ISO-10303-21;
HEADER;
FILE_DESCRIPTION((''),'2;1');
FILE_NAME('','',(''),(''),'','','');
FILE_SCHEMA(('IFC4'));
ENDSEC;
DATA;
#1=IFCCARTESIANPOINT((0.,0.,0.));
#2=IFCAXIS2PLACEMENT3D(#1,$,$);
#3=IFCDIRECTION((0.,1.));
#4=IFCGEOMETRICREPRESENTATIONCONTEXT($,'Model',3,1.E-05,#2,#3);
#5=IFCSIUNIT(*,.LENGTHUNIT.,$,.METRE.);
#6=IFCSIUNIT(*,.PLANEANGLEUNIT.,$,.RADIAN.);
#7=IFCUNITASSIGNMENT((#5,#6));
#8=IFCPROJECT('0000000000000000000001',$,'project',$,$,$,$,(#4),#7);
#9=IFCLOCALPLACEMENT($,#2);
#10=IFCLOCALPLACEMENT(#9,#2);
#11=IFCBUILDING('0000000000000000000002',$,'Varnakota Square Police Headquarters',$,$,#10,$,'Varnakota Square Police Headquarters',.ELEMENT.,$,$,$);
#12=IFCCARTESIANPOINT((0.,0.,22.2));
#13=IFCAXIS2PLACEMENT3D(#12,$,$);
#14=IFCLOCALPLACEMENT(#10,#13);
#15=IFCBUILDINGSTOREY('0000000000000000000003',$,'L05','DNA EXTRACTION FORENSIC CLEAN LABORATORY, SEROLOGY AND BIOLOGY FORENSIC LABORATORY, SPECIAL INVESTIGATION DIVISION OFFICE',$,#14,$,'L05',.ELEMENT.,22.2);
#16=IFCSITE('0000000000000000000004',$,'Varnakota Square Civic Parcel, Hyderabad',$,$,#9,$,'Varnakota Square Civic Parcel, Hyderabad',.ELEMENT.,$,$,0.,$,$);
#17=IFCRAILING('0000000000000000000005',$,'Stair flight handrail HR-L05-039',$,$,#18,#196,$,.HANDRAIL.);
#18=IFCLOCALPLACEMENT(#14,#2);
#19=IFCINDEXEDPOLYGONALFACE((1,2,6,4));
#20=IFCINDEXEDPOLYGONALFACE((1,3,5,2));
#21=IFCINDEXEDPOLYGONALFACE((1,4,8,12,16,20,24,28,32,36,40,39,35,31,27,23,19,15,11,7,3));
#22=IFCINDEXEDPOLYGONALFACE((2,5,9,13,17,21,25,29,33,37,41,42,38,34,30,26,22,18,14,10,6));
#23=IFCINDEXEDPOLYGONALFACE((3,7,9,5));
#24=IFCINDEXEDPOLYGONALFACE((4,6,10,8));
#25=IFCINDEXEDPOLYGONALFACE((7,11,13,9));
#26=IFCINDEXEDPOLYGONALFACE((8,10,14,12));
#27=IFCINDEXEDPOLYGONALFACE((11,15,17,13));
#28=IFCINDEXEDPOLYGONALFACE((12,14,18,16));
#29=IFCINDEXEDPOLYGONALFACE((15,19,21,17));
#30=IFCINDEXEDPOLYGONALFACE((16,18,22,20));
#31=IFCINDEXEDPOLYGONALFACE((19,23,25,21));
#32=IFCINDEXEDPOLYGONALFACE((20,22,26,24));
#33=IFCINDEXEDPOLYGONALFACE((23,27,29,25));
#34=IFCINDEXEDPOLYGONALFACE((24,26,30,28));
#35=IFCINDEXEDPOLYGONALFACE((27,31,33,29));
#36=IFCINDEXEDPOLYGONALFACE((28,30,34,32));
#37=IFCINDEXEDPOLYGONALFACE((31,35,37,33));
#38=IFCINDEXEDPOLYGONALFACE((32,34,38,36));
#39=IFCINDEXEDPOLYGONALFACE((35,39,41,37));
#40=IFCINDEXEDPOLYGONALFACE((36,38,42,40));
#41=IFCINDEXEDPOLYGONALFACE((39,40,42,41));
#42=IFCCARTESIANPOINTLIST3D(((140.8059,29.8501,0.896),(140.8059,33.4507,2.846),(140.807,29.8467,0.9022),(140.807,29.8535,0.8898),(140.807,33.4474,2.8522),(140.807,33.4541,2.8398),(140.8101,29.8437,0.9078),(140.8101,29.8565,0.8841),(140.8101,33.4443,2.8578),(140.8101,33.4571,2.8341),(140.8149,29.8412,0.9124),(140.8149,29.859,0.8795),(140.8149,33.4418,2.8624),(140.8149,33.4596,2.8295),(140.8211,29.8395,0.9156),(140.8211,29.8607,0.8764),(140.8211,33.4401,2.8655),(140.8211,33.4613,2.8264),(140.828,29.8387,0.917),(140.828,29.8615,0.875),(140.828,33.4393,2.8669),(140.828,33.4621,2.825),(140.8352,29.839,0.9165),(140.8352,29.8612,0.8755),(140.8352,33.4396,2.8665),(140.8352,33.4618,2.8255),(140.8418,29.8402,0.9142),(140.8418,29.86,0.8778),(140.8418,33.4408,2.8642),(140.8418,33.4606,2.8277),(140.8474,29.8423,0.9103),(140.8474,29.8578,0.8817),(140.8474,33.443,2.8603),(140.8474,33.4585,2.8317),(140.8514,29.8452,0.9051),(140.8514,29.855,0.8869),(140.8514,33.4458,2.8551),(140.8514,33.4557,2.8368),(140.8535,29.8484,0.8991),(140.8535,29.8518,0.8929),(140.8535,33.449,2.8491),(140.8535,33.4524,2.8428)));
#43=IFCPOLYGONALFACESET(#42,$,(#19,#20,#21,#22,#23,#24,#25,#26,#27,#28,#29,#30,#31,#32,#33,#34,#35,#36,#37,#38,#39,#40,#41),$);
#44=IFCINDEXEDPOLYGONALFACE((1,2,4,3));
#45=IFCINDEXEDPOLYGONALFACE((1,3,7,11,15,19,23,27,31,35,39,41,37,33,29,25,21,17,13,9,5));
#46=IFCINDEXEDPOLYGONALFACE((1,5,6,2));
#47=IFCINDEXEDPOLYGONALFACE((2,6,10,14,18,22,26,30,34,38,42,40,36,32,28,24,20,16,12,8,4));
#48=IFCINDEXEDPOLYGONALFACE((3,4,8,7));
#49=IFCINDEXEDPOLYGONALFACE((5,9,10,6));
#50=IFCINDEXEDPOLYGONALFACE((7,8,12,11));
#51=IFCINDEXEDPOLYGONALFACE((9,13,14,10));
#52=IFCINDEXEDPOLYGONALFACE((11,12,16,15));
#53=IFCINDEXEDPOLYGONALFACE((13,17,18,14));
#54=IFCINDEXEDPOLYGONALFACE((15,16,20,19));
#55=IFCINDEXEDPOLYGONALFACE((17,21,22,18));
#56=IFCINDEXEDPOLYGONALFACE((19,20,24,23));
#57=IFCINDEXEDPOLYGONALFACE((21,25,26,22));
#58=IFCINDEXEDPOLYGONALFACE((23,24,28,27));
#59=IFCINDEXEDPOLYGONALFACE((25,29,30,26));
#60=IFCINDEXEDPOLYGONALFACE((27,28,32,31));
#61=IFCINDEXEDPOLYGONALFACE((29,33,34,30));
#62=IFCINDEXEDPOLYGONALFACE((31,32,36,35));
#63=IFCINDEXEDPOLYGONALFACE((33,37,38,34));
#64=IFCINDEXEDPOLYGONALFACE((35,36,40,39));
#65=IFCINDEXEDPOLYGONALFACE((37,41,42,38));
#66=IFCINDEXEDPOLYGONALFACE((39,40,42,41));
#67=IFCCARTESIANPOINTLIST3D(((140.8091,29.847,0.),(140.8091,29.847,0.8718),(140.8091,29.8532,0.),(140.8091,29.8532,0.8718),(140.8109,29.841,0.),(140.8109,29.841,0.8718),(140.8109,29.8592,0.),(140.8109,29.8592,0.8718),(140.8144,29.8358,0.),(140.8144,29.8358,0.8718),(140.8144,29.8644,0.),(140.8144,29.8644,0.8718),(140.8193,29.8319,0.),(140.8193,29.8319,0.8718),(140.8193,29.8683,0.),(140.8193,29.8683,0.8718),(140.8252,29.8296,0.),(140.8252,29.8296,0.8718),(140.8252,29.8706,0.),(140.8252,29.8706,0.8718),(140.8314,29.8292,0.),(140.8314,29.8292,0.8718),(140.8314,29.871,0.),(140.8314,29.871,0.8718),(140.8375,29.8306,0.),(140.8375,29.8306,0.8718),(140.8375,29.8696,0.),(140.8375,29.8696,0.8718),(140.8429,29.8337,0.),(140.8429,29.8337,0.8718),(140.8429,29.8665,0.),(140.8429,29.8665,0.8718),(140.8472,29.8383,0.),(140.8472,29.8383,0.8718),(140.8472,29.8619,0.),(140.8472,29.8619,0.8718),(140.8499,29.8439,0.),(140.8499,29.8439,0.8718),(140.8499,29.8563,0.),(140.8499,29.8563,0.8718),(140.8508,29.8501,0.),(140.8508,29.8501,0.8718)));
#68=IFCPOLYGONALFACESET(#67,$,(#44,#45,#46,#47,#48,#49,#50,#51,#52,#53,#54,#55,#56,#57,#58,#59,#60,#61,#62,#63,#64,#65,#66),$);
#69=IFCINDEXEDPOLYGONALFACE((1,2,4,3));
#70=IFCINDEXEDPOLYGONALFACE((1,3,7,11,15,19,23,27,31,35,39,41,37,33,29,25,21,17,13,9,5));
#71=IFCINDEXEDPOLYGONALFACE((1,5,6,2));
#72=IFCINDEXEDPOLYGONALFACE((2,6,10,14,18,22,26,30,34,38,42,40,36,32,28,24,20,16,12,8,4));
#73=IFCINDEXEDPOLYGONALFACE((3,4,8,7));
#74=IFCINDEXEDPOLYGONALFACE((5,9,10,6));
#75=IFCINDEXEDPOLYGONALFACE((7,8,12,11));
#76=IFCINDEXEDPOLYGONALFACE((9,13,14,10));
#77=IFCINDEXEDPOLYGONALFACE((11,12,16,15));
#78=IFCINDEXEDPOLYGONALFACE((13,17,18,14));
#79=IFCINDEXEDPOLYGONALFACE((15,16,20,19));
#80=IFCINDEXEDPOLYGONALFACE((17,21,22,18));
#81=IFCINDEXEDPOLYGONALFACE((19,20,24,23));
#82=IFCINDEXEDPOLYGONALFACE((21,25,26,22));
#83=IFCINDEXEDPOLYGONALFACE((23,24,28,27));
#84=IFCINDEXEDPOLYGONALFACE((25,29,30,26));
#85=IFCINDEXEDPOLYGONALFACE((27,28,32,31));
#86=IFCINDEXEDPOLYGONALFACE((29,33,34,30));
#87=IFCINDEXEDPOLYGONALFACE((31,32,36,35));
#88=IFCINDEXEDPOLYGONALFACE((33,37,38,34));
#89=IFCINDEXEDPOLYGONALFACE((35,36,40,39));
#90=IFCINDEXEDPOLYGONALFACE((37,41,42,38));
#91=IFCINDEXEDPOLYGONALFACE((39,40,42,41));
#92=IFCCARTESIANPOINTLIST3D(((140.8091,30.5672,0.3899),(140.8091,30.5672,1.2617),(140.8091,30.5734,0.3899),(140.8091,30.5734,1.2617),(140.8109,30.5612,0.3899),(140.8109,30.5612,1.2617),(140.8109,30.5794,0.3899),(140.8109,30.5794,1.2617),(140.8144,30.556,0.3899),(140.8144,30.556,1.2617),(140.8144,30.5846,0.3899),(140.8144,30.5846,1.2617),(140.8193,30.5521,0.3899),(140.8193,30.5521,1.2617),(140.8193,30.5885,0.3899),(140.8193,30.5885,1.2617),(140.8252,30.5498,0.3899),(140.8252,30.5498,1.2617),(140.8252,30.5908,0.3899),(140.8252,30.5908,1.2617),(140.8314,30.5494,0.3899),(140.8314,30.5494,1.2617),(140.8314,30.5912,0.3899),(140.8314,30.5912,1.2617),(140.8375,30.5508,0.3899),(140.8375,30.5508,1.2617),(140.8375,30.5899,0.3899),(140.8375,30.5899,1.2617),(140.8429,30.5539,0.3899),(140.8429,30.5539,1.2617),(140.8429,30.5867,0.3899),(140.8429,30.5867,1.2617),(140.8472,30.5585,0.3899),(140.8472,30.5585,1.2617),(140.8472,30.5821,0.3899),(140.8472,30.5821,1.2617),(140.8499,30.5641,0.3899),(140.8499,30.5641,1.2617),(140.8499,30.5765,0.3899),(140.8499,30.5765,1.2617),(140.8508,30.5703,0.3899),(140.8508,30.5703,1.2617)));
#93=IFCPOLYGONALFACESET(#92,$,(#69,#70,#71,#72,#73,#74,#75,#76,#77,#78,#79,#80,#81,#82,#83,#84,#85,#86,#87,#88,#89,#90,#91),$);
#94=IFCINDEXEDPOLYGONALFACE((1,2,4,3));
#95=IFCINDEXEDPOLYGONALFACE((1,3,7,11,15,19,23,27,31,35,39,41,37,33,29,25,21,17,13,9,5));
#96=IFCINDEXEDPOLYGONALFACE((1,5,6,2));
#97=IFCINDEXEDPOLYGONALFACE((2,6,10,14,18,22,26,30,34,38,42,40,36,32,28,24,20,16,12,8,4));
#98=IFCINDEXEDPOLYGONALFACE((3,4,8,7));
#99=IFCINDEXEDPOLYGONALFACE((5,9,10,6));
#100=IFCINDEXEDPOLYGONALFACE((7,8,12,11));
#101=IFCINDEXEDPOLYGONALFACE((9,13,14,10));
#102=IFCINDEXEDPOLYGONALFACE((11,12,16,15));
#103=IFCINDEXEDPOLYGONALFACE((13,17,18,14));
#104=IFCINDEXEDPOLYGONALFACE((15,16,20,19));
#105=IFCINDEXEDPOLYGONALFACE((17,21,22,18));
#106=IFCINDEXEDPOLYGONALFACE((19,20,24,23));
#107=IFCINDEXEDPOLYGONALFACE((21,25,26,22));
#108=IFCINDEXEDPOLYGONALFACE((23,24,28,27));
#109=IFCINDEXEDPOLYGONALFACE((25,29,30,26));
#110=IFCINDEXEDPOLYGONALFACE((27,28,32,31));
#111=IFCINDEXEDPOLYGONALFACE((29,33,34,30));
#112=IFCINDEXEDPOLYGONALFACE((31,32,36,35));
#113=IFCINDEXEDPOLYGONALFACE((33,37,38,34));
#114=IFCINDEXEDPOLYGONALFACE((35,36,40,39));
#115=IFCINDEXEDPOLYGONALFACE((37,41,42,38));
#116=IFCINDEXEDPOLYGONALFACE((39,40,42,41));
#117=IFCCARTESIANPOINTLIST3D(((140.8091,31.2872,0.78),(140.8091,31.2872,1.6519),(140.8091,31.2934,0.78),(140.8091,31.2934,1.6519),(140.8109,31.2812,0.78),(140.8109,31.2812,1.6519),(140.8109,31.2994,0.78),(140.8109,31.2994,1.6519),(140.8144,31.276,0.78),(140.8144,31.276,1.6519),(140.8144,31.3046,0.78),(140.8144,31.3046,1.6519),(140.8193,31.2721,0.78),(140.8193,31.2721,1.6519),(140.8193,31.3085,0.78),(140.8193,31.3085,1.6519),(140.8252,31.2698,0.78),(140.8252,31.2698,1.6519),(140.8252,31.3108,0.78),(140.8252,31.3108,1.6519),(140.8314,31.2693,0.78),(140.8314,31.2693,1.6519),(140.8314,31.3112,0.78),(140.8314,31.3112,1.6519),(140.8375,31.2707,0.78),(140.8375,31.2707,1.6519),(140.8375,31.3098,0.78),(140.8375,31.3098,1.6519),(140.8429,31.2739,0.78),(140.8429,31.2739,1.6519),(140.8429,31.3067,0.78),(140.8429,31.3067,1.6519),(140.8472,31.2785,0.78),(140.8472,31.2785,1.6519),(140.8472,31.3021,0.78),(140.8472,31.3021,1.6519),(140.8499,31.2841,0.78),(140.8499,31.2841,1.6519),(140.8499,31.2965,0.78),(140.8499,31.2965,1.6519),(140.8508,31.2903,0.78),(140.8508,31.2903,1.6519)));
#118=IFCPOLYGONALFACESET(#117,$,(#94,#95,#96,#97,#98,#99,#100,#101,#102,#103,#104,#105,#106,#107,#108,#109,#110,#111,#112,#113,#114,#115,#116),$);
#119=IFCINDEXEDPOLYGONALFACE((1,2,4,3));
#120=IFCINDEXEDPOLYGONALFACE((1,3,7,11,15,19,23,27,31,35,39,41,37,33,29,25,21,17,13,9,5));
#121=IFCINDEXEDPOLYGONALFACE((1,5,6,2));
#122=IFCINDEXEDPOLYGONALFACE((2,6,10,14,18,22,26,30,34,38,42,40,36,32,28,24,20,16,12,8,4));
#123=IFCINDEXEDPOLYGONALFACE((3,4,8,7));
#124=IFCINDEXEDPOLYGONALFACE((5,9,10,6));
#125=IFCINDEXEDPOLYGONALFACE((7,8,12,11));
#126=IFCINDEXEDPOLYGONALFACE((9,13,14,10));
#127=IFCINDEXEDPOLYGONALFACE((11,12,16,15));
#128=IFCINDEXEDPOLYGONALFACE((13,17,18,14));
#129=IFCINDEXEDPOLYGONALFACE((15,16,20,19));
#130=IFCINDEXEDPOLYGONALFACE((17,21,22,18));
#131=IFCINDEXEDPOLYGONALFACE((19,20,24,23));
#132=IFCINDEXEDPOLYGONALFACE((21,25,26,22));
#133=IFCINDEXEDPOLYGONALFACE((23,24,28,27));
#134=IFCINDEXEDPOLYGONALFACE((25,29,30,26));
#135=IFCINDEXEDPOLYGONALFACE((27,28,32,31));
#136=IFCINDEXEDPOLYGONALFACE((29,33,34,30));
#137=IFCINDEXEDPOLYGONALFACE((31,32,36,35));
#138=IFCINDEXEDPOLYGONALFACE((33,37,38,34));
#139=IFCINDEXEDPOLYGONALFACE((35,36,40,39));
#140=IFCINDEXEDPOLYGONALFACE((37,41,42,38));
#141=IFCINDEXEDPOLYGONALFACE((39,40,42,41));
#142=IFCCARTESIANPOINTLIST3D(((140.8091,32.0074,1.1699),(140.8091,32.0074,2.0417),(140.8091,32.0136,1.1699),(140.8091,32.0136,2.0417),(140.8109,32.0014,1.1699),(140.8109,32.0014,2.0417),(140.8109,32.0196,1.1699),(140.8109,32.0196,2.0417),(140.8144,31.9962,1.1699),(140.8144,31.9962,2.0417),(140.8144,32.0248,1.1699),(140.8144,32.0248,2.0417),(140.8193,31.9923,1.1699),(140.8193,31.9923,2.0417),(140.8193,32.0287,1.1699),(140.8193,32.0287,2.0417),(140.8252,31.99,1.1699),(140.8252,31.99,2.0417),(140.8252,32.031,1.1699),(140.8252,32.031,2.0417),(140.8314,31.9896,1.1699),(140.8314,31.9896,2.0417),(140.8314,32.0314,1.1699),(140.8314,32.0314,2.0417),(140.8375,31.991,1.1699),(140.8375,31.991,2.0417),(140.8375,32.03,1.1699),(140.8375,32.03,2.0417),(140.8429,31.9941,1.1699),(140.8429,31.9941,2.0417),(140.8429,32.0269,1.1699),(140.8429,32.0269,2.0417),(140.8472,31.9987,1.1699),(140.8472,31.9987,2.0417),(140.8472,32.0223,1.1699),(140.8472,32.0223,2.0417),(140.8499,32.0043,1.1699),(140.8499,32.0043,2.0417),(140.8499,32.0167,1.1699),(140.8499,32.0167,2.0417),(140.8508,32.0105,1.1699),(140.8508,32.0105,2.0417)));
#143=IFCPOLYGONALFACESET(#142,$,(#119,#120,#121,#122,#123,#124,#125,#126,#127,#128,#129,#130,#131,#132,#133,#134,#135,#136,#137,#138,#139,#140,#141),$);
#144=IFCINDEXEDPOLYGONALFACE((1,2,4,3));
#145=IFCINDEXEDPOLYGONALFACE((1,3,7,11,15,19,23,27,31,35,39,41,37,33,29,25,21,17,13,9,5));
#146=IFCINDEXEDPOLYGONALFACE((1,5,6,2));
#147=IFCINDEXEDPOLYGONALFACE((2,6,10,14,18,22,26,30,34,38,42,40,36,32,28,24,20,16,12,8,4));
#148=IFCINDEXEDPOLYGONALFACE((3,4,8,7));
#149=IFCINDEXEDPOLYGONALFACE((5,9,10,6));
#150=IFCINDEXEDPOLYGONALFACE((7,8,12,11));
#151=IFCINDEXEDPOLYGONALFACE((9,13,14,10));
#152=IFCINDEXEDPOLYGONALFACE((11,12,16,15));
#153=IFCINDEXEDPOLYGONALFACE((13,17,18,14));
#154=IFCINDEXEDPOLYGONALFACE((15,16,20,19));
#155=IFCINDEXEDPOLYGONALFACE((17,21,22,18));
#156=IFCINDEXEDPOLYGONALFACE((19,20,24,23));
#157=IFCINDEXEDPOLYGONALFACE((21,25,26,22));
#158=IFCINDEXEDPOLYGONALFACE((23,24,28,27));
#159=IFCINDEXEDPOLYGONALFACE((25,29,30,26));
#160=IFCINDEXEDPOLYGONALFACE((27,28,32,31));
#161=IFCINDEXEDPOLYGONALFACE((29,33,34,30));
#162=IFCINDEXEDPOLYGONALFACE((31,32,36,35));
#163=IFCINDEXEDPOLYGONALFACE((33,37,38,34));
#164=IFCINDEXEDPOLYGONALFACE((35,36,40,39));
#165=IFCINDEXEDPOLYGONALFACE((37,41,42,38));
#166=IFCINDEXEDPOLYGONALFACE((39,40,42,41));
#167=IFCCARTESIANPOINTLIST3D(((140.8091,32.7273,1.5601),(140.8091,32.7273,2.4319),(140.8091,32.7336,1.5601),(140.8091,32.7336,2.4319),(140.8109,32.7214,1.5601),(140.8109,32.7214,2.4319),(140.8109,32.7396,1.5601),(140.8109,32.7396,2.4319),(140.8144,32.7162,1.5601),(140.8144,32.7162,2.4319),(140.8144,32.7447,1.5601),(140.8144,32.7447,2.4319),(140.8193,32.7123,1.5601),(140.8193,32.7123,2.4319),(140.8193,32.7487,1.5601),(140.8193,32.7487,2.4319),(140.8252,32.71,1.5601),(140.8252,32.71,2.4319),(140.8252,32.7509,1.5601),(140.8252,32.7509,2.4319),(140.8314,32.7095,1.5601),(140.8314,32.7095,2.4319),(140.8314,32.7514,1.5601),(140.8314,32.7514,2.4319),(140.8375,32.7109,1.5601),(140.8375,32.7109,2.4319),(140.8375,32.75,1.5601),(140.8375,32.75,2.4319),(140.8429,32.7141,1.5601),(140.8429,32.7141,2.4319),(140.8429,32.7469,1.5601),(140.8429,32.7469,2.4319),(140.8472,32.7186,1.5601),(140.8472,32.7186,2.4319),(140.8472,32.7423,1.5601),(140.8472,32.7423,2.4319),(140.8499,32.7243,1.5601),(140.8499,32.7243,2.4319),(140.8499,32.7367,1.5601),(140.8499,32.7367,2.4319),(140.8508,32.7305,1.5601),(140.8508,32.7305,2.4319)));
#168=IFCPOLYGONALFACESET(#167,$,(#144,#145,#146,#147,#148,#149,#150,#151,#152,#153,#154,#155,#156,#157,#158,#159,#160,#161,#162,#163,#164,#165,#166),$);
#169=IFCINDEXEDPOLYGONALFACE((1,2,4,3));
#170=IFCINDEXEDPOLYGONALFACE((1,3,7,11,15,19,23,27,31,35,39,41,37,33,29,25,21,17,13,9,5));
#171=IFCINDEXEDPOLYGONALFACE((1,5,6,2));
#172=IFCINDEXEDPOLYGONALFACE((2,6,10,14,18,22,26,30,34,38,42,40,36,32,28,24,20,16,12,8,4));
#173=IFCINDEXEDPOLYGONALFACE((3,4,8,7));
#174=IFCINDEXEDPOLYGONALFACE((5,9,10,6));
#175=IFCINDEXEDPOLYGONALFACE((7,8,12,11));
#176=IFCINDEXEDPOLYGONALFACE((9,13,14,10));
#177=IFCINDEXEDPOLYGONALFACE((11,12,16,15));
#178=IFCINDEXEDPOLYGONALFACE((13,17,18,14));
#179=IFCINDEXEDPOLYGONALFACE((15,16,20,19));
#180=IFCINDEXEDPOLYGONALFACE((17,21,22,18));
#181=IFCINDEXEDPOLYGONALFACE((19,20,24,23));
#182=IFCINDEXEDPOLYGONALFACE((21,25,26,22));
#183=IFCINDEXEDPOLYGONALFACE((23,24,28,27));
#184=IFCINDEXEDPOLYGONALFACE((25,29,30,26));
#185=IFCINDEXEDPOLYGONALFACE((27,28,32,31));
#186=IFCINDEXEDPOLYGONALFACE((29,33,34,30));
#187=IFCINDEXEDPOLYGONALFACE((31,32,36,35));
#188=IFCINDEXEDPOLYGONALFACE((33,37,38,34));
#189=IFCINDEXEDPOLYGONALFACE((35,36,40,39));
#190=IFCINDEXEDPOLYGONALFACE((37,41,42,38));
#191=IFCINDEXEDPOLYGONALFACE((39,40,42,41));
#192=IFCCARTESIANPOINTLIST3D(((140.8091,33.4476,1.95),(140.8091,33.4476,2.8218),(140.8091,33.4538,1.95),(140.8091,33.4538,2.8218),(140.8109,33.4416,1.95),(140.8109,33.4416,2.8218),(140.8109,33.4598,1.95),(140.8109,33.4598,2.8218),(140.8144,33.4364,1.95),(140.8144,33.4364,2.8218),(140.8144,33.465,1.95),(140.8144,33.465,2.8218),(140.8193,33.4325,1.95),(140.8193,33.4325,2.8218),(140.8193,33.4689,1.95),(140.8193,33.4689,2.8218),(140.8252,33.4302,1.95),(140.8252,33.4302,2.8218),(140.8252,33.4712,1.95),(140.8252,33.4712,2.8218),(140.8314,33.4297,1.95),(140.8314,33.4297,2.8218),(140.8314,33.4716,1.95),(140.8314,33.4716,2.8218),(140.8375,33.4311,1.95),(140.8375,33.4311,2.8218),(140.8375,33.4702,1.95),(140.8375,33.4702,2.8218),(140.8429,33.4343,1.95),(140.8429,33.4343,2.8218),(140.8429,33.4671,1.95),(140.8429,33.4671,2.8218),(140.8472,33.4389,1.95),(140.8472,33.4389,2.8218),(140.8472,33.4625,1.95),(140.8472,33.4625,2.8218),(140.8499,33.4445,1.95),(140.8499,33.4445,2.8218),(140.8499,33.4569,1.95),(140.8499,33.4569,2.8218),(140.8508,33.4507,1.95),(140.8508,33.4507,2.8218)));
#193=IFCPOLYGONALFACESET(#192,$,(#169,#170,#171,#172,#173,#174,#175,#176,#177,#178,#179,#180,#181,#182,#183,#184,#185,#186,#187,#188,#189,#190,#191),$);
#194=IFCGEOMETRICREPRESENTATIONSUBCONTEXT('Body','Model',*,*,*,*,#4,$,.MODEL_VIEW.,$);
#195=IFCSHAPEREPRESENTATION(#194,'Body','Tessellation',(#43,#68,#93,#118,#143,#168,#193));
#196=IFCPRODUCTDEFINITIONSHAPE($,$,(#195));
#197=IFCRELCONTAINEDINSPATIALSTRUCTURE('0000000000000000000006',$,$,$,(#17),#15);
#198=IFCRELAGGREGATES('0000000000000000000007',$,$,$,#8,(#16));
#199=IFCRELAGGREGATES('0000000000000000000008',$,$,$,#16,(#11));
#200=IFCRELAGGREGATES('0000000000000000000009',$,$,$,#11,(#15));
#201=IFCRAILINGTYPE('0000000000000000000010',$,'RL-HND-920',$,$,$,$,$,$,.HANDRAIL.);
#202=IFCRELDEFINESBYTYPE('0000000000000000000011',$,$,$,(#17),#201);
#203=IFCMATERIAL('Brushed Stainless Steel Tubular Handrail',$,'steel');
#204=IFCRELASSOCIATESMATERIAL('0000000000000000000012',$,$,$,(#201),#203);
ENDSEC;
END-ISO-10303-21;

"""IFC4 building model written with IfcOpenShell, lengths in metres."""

from ifc_helpers import new_model, si_unit, direction, frame, origin, origin_2d, place, context, subcontext, project, spatial, circle, extrude, material, type_object, element, save


model = new_model("IFC4")

# Units and contexts
model_context = context("Model", 3, precision=1e-05, world=origin(), true_north=direction((0.0, 1.0)))
body_context = subcontext(model_context, "Body", "Model", "MODEL_VIEW")
ifc_project = project(units=[si_unit("LENGTHUNIT", "METRE"), si_unit("PLANEANGLEUNIT", "RADIAN")], contexts=[model_context])

# Site, building, storey
site_placement = place(None, origin())
site = spatial("IfcSite", under=ifc_project, at=site_placement, Name="Varnakota Square Civic Parcel, Hyderabad", LongName="Varnakota Square Civic Parcel, Hyderabad", CompositionType="ELEMENT", RefElevation=0.0)
building_placement = place(site_placement, origin())
building = spatial("IfcBuilding", under=site, at=building_placement, Name="Varnakota Square Police Headquarters", LongName="Varnakota Square Police Headquarters", CompositionType="ELEMENT")
storey_placement = place(building_placement, frame((0.0, 0.0, 22.2)))
storey = spatial("IfcBuildingStorey", under=building, at=storey_placement, Name="L05", Description="DNA EXTRACTION FORENSIC CLEAN LABORATORY, SEROLOGY AND BIOLOGY FORENSIC LABORATORY, SPECIAL INVESTIGATION DIVISION OFFICE", LongName="L05", CompositionType="ELEMENT", Elevation=22.2)

# Railing
ifc_material_1 = material(Name="Brushed Stainless Steel Tubular Handrail", Category="steel")
railing_type_1 = type_object("IfcRailingType", Name="RL-HND-920", PredefinedType="HANDRAIL", material=ifc_material_1)
railing_1_placement = place(storey_placement, frame((140.8298, 29.8501, 0.0)))
element("IfcRailing", 1, at=railing_1_placement, inside=storey, type_object=railing_type_1, Name="Stair flight handrail HR-L05-039", PredefinedType="HANDRAIL", context=body_context, shape_type="SweptSolid", body=[
    extrude(circle(Radius=0.0239, at=origin_2d()), frame((0.0, 0.0, 0.896), z_axis=(0.0, 0.879329, 0.476214), x_axis=(-1.0, 0.0, 0.0)), (0.0, 0.0, 1.0), 4.0947),
    extrude(circle(Radius=0.021, at=origin_2d()), origin(), (0.0, 0.0, 1.0), 0.8718),
    extrude(circle(Radius=0.021, at=origin_2d()), frame((0.0, 0.7202, 0.3899)), (0.0, 0.0, 1.0), 0.8718),
    extrude(circle(Radius=0.021, at=origin_2d()), frame((0.0, 1.4402, 0.78)), (0.0, 0.0, 1.0), 0.8718),
    extrude(circle(Radius=0.021, at=origin_2d()), frame((0.0, 2.1604, 1.1699)), (0.0, 0.0, 1.0), 0.8718),
    extrude(circle(Radius=0.021, at=origin_2d()), frame((0.0, 2.8804, 1.5601)), (0.0, 0.0, 1.0), 0.8718),
    extrude(circle(Radius=0.021, at=origin_2d()), frame((0.0, 3.6006, 1.95)), (0.0, 0.0, 1.0), 0.8718),
])

save(model, "model.ifc")
